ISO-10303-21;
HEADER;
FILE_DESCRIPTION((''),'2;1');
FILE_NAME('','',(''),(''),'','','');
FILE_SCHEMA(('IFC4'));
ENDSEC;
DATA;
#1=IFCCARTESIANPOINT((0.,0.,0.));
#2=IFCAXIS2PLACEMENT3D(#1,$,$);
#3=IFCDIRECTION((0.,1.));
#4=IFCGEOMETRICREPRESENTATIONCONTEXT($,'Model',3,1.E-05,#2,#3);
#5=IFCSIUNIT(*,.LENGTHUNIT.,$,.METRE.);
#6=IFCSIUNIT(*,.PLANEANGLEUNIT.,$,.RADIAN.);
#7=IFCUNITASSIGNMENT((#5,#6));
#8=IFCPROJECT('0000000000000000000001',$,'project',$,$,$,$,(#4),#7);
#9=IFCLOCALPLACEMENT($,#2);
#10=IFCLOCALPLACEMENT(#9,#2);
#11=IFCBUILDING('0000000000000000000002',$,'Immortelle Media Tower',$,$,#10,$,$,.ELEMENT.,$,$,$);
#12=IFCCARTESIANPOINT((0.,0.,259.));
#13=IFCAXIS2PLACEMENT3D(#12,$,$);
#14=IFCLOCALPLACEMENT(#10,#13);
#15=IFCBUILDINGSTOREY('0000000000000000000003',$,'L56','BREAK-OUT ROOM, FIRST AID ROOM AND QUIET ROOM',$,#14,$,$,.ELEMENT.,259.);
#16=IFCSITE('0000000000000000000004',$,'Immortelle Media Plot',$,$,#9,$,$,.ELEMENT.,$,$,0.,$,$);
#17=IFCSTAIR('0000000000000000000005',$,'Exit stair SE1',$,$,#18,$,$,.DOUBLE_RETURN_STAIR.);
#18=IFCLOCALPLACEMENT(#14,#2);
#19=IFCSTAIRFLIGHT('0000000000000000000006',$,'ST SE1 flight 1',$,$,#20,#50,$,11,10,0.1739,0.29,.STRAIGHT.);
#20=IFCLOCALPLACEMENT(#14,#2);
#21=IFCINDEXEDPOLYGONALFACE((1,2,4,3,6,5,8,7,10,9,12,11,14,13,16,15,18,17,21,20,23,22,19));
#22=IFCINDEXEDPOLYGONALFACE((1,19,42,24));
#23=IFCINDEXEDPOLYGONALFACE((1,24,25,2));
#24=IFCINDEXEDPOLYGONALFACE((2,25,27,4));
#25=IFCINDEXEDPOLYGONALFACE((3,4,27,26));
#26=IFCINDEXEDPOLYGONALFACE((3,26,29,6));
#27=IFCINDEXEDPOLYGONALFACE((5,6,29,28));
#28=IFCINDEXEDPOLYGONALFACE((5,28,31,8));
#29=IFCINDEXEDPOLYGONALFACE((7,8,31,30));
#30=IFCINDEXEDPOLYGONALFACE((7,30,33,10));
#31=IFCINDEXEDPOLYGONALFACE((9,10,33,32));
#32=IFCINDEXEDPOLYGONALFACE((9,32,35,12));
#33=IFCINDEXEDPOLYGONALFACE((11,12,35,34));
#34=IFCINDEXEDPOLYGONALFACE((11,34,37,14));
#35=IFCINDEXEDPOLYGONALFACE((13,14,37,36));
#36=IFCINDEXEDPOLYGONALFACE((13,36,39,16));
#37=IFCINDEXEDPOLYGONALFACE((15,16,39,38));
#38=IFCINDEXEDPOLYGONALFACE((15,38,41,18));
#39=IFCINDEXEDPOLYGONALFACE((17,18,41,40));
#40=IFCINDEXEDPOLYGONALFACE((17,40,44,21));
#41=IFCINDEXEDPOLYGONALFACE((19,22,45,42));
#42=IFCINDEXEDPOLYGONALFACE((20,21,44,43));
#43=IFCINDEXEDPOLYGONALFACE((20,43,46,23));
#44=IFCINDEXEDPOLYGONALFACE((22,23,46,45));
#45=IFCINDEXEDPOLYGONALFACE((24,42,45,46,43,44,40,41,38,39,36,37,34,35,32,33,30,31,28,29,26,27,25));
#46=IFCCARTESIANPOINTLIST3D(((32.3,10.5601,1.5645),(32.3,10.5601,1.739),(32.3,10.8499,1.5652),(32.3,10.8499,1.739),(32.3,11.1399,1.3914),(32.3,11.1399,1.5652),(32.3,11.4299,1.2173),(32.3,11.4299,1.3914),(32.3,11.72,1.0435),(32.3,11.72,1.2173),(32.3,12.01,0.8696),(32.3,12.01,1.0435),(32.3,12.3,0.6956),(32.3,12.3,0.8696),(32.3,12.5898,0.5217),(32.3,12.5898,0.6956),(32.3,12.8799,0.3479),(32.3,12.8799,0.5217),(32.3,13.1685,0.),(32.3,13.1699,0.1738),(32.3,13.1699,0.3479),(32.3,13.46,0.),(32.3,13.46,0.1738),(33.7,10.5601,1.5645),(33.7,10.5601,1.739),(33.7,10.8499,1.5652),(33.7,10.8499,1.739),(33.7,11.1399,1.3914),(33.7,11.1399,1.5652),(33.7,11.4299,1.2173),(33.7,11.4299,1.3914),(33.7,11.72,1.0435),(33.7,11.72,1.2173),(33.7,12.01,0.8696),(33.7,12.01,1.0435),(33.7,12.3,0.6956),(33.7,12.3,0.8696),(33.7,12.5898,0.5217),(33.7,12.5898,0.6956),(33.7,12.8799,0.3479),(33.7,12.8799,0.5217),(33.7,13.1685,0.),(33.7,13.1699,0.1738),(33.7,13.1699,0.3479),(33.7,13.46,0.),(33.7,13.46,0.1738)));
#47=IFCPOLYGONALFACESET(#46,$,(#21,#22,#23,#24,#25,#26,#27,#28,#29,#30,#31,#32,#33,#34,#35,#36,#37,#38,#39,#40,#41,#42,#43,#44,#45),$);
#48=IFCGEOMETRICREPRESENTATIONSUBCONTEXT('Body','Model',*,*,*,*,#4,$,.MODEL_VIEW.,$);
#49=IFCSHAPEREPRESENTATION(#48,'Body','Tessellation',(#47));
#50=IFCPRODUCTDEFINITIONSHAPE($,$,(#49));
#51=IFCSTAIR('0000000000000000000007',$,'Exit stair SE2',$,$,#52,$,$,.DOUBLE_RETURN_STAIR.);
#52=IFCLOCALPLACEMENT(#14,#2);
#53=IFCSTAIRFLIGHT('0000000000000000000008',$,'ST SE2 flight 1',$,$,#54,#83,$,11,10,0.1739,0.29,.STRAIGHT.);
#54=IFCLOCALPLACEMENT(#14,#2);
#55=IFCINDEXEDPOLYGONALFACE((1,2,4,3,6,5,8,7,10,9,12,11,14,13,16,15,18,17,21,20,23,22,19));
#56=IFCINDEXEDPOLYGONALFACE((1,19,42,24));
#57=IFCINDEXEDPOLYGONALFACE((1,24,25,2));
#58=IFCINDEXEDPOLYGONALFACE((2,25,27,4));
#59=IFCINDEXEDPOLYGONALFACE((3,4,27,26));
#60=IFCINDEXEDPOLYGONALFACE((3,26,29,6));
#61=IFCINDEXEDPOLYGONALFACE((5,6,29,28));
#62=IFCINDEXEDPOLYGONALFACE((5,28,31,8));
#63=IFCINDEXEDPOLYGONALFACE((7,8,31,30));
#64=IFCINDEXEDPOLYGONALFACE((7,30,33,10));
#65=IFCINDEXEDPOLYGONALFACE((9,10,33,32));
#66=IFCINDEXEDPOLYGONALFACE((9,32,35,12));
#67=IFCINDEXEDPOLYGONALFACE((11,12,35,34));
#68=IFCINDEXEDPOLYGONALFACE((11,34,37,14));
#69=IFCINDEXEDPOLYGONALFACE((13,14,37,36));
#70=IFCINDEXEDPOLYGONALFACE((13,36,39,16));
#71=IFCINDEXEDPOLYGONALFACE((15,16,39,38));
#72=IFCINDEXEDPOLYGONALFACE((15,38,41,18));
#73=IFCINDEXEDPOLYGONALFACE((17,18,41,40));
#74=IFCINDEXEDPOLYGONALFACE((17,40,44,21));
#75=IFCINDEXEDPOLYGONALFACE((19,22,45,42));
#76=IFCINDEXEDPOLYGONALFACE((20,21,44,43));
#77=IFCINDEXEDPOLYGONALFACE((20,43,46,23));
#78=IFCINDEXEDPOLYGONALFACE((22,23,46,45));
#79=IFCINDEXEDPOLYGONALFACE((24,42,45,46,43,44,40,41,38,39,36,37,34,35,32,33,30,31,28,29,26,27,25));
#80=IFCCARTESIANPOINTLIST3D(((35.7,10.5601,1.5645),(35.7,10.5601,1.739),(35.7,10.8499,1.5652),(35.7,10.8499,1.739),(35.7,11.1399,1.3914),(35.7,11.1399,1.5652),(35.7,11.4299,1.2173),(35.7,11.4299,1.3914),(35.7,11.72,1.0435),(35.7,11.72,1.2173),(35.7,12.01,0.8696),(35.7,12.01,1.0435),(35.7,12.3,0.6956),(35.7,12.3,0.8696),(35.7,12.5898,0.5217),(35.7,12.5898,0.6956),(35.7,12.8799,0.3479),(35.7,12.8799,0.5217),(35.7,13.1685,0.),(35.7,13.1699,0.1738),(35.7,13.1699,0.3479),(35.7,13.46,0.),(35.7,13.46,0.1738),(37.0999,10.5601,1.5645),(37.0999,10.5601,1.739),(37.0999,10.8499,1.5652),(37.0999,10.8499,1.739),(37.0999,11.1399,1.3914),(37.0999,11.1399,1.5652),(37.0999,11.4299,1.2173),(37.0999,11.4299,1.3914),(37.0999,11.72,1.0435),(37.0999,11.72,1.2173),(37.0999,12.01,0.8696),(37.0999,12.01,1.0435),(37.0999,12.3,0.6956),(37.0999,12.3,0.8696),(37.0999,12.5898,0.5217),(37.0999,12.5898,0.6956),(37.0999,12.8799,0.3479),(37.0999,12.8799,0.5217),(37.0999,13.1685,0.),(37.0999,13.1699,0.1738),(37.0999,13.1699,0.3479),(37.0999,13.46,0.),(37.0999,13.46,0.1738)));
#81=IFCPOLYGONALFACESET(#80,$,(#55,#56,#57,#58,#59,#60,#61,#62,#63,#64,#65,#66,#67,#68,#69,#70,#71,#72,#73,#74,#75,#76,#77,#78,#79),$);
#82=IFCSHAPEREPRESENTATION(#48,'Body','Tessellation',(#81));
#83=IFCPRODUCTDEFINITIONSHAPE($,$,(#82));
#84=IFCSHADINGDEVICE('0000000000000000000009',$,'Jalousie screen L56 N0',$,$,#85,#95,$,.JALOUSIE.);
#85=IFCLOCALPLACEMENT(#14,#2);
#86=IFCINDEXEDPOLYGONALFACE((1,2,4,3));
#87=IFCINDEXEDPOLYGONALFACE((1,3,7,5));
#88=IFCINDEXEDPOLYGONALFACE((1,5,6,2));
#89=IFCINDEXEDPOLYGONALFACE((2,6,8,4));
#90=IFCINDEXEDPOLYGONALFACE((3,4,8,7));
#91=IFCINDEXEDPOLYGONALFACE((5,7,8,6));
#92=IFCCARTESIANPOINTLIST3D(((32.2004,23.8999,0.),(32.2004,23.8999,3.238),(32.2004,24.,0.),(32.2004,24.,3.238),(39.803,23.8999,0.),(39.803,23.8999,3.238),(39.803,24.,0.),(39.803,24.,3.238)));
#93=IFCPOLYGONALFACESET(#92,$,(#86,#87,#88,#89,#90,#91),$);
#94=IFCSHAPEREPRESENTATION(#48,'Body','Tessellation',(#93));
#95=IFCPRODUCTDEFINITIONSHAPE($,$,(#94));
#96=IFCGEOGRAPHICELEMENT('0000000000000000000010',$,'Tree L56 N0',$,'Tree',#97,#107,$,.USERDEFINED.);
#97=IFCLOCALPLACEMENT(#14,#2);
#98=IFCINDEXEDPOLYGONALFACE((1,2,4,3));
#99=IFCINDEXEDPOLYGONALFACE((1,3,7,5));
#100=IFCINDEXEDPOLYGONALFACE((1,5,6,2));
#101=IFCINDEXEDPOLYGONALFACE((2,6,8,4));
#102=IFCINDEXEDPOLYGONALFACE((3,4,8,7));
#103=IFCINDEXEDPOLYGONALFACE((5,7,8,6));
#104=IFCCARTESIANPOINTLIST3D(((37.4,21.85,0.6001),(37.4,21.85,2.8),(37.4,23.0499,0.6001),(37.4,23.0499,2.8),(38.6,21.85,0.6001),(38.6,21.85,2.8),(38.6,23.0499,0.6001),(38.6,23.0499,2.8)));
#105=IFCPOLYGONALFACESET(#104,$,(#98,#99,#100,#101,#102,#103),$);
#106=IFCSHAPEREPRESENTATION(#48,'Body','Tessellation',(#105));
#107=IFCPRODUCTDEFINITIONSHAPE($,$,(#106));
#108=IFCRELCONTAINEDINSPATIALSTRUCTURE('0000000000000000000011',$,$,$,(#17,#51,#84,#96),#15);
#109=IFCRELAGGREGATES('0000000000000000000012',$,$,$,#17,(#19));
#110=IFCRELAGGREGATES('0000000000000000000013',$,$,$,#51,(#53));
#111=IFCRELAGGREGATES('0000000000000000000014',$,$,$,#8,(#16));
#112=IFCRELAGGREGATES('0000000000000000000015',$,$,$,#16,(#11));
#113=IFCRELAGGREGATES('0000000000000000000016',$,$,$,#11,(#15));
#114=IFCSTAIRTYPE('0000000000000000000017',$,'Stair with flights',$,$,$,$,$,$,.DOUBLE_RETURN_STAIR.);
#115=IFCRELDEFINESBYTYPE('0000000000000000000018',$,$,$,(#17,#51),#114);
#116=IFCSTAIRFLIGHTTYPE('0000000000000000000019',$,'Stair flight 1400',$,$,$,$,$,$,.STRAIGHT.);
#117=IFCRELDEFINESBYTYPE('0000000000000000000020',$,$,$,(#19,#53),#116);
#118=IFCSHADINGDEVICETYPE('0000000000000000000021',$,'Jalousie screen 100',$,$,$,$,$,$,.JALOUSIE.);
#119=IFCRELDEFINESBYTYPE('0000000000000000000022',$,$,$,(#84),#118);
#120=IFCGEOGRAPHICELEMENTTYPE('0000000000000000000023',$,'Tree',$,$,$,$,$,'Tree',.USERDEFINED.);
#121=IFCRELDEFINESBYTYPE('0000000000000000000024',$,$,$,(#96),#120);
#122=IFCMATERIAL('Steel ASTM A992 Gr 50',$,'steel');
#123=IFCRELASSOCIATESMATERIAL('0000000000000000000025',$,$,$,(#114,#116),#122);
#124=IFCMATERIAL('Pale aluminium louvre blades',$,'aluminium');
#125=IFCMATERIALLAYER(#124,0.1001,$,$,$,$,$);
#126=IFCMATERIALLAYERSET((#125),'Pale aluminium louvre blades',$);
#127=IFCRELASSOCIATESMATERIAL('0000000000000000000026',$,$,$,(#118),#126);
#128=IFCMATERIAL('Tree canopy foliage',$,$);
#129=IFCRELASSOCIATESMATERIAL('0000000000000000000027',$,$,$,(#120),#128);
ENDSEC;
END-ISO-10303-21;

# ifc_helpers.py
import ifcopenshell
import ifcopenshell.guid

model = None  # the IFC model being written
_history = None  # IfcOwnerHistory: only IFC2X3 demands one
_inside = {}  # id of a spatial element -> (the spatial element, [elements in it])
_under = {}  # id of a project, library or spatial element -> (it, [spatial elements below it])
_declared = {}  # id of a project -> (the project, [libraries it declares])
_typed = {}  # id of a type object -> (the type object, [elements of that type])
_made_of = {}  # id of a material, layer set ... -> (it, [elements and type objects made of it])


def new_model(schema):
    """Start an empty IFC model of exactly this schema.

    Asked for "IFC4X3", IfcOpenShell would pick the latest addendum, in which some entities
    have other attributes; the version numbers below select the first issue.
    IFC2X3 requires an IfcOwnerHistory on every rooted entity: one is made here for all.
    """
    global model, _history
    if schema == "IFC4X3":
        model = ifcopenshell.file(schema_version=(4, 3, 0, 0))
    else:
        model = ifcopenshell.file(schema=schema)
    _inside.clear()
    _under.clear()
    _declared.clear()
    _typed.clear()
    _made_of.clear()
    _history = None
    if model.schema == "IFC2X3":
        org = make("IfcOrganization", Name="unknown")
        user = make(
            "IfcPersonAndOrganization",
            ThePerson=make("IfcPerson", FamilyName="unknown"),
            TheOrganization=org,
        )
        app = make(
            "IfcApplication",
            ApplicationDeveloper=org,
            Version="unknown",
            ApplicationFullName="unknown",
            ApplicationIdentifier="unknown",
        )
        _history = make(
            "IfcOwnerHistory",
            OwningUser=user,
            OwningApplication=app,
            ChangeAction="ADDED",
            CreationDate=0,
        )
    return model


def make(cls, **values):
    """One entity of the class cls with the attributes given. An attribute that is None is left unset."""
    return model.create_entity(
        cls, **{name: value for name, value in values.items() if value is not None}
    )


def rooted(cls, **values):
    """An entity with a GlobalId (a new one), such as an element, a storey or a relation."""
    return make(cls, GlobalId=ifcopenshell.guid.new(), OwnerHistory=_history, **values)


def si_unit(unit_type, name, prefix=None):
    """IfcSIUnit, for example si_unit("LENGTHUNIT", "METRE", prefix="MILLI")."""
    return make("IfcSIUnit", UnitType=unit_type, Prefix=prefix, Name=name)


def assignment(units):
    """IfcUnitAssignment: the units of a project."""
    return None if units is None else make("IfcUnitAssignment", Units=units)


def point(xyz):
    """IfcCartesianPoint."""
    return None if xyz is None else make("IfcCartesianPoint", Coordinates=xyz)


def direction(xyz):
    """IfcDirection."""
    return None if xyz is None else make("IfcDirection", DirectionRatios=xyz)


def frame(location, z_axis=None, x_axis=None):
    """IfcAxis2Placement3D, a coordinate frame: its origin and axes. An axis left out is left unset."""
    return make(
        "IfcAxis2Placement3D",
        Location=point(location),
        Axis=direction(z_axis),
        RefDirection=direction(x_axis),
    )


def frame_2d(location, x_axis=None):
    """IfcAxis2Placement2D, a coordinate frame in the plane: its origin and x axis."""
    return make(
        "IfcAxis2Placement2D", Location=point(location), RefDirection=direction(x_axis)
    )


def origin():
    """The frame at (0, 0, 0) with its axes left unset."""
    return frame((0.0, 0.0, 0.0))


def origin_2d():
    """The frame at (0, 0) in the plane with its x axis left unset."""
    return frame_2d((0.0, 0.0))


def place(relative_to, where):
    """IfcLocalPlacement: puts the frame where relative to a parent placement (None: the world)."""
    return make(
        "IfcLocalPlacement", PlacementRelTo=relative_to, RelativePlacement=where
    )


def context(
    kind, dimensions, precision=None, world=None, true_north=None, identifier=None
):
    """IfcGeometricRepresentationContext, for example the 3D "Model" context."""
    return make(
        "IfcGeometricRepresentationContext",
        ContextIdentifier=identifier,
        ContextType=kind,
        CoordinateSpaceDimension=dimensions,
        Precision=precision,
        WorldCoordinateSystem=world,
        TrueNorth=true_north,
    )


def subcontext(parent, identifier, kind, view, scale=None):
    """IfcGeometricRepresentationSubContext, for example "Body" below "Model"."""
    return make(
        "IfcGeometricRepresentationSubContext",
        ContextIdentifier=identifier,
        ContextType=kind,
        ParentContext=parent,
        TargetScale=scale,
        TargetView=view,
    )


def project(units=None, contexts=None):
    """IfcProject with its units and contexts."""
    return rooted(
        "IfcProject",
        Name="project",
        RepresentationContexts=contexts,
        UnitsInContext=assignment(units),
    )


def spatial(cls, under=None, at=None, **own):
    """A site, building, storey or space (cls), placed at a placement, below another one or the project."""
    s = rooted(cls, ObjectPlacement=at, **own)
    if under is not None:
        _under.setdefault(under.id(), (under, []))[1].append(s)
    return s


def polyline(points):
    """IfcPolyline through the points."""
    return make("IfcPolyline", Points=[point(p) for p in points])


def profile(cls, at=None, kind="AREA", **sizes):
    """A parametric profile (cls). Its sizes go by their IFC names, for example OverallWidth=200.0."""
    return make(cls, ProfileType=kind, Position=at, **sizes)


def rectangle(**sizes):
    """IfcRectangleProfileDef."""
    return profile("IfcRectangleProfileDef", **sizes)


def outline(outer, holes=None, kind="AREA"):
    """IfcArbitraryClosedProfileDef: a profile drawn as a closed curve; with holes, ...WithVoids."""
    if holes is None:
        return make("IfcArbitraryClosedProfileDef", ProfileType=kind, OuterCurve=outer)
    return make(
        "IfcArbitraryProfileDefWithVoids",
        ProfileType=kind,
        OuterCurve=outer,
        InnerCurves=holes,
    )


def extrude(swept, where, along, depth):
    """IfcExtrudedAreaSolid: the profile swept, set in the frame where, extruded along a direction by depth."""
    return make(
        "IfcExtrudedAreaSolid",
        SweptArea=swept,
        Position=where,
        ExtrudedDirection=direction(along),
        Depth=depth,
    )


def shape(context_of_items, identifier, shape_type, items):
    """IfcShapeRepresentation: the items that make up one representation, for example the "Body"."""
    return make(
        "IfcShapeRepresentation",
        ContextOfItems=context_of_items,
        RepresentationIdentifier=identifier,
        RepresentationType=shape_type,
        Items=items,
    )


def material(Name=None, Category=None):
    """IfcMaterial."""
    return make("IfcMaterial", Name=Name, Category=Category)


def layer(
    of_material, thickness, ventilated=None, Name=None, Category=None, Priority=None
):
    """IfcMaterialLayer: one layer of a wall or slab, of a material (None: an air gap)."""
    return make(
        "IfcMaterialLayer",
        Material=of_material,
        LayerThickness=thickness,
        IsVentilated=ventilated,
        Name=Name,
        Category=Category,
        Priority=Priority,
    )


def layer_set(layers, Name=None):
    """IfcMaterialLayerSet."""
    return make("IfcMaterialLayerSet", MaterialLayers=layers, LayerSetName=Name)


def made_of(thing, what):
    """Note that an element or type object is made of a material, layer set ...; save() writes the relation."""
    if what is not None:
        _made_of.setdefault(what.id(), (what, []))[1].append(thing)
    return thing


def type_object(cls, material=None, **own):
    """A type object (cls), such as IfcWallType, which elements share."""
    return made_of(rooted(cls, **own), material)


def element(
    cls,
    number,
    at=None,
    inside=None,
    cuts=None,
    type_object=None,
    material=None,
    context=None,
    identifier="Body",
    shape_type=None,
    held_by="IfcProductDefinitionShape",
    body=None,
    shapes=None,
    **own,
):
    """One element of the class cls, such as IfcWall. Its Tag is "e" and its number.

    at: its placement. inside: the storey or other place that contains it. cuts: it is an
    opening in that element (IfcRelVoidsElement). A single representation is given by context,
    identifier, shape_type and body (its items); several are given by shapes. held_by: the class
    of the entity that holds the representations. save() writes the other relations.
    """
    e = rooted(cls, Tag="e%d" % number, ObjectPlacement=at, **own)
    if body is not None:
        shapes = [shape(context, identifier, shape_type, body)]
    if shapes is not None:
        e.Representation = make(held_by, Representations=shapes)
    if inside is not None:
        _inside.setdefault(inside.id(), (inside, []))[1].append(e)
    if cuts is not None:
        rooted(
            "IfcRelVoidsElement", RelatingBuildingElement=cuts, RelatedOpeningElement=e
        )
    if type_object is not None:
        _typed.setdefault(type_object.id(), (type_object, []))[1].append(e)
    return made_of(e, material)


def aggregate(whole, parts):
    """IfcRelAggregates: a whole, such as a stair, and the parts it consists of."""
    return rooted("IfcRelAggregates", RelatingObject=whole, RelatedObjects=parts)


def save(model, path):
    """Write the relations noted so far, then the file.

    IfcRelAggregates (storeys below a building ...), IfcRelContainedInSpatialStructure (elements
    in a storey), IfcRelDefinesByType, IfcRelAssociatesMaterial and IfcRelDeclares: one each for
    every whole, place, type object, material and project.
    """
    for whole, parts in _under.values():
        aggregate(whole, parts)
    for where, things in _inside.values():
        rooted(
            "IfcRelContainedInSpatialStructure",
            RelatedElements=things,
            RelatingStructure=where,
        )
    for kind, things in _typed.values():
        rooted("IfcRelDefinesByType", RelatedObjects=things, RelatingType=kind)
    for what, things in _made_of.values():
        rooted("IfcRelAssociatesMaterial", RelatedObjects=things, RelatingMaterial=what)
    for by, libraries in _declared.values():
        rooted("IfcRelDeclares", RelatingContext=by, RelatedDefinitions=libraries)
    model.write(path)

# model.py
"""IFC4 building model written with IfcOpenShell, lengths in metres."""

from ifc_helpers import new_model, si_unit, direction, frame, origin, origin_2d, place, context, subcontext, project, spatial, polyline, rectangle, outline, extrude, material, layer, layer_set, type_object, element, aggregate, save


model = new_model("IFC4")

# Units and contexts
model_context = context("Model", 3, precision=1e-05, world=origin(), true_north=direction((0.0, 1.0)))
body_context = subcontext(model_context, "Body", "Model", "MODEL_VIEW")
ifc_project = project(units=[si_unit("LENGTHUNIT", "METRE"), si_unit("PLANEANGLEUNIT", "RADIAN")], contexts=[model_context])

# Site, building, storey
site_placement = place(None, origin())
site = spatial("IfcSite", under=ifc_project, at=site_placement, Name="Immortelle Media Plot", CompositionType="ELEMENT", RefElevation=0.0)
building_placement = place(site_placement, origin())
building = spatial("IfcBuilding", under=site, at=building_placement, Name="Immortelle Media Tower", CompositionType="ELEMENT")
storey_placement = place(building_placement, frame((0.0, 0.0, 259.0)))
storey = spatial("IfcBuildingStorey", under=building, at=storey_placement, Name="L56", Description="BREAK-OUT ROOM, FIRST AID ROOM AND QUIET ROOM", CompositionType="ELEMENT", Elevation=259.0)

# Shared definitions
ifc_material_1 = material(Name="Steel ASTM A992 Gr 50", Category="steel")

# Stairs, stair flights
stair_type = type_object("IfcStairType", Name="Stair with flights", PredefinedType="DOUBLE_RETURN_STAIR", material=ifc_material_1)
stair_1_placement = place(storey_placement, origin())
stair_1 = element("IfcStair", 1, at=stair_1_placement, inside=storey, type_object=stair_type, Name="Exit stair SE1", PredefinedType="DOUBLE_RETURN_STAIR")
stair_flight_type = type_object("IfcStairFlightType", Name="Stair flight 1400", PredefinedType="STRAIGHT", material=ifc_material_1)
stair_flight_1_placement = place(storey_placement, frame((33.0, 13.46, 0.0), z_axis=(0.0, 0.0, 1.0), x_axis=(0.0, -1.0, 0.0)))
stair_flight_1 = element("IfcStairFlight", 2, at=stair_flight_1_placement, type_object=stair_flight_type, Name="ST SE1 flight 1", NumberOfRisers=11, NumberOfTreads=10, PredefinedType="STRAIGHT", RiserHeight=0.1739, TreadLength=0.29, context=body_context, shape_type="SweptSolid", body=[
    extrude(outline(polyline([(0.0, 0.0), (0.0, 0.1738), (0.29, 0.1738), (0.29, 0.3479), (0.5801, 0.3479), (0.5801, 0.5217), (0.8701, 0.5217), (0.8701, 0.6956), (1.1599, 0.6956), (1.1599, 0.8696), (1.45, 0.8696), (1.45, 1.0435), (1.74, 1.0435), (1.74, 1.2173), (2.03, 1.2173), (2.03, 1.3914), (2.3201, 1.3914), (2.3201, 1.5652), (2.6101, 1.5652), (2.6101, 1.739), (2.8999, 1.739), (2.8999, 1.9131), (2.8999, 1.5645), (0.2915, 0.0), (0.0, 0.0)])), frame((0.0, 0.7, 0.0), z_axis=(0.0, -1.0, 0.0), x_axis=(1.0, 0.0, 0.0)), (0.0, 0.0, 1.0), 1.3999),
])
aggregate(stair_1, [stair_flight_1])
stair_2_placement = place(storey_placement, origin())
stair_2 = element("IfcStair", 3, at=stair_2_placement, inside=storey, type_object=stair_type, Name="Exit stair SE2", PredefinedType="DOUBLE_RETURN_STAIR")
stair_flight_2_placement = place(storey_placement, frame((36.3999, 13.46, 0.0), z_axis=(0.0, 0.0, 1.0), x_axis=(0.0, -1.0, 0.0)))
stair_flight_2 = element("IfcStairFlight", 4, at=stair_flight_2_placement, type_object=stair_flight_type, Name="ST SE2 flight 1", NumberOfRisers=11, NumberOfTreads=10, PredefinedType="STRAIGHT", RiserHeight=0.1739, TreadLength=0.29, context=body_context, shape_type="SweptSolid", body=[
    extrude(outline(polyline([(0.0, 0.0), (0.0, 0.1738), (0.29, 0.1738), (0.29, 0.3479), (0.5801, 0.3479), (0.5801, 0.5217), (0.8701, 0.5217), (0.8701, 0.6956), (1.1599, 0.6956), (1.1599, 0.8696), (1.45, 0.8696), (1.45, 1.0435), (1.74, 1.0435), (1.74, 1.2173), (2.03, 1.2173), (2.03, 1.3914), (2.3201, 1.3914), (2.3201, 1.5652), (2.6101, 1.5652), (2.6101, 1.739), (2.8999, 1.739), (2.8999, 1.9131), (2.8999, 1.5645), (0.2915, 0.0), (0.0, 0.0)])), frame((0.0, 0.7, 0.0), z_axis=(0.0, -1.0, 0.0), x_axis=(1.0, 0.0, 0.0)), (0.0, 0.0, 1.0), 1.3999),
])
aggregate(stair_2, [stair_flight_2])

# Shading device
ifc_material_2 = material(Name="Pale aluminium louvre blades", Category="aluminium")
ifc_layer_1 = layer(ifc_material_2, 0.1001)
ifc_layer_set_1 = layer_set([ifc_layer_1], Name="Pale aluminium louvre blades")
shading_device_type = type_object("IfcShadingDeviceType", Name="Jalousie screen 100", PredefinedType="JALOUSIE", material=ifc_layer_set_1)
shading_device_placement = place(storey_placement, frame((36.0017, 23.95, 0.0), z_axis=(0.0, 0.0, 1.0), x_axis=(-1.0, 0.0, 0.0)))
element("IfcShadingDevice", 5, at=shading_device_placement, inside=storey, type_object=shading_device_type, Name="Jalousie screen L56 N0", PredefinedType="JALOUSIE", context=body_context, shape_type="SweptSolid", body=[
    extrude(rectangle(XDim=7.6025, YDim=0.1001, at=origin_2d()), origin(), (0.0, 0.0, 1.0), 3.238),
])

# Geographic element
ifc_material_3 = material(Name="Tree canopy foliage")
geographic_element_type = type_object("IfcGeographicElementType", Name="Tree", ElementType="Tree", PredefinedType="USERDEFINED", material=ifc_material_3)
geographic_element_placement = place(storey_placement, frame((38.0, 22.45, 0.6001), z_axis=(0.0, 0.0, 1.0), x_axis=(1.0, 0.0, 0.0)))
element("IfcGeographicElement", 6, at=geographic_element_placement, inside=storey, type_object=geographic_element_type, Name="Tree L56 N0", ObjectType="Tree", PredefinedType="USERDEFINED", context=body_context, shape_type="SweptSolid", body=[
    extrude(rectangle(XDim=1.2, YDim=1.2, at=origin_2d()), origin(), (0.0, 0.0, 1.0), 2.2),
])

save(model, "model.ifc")
